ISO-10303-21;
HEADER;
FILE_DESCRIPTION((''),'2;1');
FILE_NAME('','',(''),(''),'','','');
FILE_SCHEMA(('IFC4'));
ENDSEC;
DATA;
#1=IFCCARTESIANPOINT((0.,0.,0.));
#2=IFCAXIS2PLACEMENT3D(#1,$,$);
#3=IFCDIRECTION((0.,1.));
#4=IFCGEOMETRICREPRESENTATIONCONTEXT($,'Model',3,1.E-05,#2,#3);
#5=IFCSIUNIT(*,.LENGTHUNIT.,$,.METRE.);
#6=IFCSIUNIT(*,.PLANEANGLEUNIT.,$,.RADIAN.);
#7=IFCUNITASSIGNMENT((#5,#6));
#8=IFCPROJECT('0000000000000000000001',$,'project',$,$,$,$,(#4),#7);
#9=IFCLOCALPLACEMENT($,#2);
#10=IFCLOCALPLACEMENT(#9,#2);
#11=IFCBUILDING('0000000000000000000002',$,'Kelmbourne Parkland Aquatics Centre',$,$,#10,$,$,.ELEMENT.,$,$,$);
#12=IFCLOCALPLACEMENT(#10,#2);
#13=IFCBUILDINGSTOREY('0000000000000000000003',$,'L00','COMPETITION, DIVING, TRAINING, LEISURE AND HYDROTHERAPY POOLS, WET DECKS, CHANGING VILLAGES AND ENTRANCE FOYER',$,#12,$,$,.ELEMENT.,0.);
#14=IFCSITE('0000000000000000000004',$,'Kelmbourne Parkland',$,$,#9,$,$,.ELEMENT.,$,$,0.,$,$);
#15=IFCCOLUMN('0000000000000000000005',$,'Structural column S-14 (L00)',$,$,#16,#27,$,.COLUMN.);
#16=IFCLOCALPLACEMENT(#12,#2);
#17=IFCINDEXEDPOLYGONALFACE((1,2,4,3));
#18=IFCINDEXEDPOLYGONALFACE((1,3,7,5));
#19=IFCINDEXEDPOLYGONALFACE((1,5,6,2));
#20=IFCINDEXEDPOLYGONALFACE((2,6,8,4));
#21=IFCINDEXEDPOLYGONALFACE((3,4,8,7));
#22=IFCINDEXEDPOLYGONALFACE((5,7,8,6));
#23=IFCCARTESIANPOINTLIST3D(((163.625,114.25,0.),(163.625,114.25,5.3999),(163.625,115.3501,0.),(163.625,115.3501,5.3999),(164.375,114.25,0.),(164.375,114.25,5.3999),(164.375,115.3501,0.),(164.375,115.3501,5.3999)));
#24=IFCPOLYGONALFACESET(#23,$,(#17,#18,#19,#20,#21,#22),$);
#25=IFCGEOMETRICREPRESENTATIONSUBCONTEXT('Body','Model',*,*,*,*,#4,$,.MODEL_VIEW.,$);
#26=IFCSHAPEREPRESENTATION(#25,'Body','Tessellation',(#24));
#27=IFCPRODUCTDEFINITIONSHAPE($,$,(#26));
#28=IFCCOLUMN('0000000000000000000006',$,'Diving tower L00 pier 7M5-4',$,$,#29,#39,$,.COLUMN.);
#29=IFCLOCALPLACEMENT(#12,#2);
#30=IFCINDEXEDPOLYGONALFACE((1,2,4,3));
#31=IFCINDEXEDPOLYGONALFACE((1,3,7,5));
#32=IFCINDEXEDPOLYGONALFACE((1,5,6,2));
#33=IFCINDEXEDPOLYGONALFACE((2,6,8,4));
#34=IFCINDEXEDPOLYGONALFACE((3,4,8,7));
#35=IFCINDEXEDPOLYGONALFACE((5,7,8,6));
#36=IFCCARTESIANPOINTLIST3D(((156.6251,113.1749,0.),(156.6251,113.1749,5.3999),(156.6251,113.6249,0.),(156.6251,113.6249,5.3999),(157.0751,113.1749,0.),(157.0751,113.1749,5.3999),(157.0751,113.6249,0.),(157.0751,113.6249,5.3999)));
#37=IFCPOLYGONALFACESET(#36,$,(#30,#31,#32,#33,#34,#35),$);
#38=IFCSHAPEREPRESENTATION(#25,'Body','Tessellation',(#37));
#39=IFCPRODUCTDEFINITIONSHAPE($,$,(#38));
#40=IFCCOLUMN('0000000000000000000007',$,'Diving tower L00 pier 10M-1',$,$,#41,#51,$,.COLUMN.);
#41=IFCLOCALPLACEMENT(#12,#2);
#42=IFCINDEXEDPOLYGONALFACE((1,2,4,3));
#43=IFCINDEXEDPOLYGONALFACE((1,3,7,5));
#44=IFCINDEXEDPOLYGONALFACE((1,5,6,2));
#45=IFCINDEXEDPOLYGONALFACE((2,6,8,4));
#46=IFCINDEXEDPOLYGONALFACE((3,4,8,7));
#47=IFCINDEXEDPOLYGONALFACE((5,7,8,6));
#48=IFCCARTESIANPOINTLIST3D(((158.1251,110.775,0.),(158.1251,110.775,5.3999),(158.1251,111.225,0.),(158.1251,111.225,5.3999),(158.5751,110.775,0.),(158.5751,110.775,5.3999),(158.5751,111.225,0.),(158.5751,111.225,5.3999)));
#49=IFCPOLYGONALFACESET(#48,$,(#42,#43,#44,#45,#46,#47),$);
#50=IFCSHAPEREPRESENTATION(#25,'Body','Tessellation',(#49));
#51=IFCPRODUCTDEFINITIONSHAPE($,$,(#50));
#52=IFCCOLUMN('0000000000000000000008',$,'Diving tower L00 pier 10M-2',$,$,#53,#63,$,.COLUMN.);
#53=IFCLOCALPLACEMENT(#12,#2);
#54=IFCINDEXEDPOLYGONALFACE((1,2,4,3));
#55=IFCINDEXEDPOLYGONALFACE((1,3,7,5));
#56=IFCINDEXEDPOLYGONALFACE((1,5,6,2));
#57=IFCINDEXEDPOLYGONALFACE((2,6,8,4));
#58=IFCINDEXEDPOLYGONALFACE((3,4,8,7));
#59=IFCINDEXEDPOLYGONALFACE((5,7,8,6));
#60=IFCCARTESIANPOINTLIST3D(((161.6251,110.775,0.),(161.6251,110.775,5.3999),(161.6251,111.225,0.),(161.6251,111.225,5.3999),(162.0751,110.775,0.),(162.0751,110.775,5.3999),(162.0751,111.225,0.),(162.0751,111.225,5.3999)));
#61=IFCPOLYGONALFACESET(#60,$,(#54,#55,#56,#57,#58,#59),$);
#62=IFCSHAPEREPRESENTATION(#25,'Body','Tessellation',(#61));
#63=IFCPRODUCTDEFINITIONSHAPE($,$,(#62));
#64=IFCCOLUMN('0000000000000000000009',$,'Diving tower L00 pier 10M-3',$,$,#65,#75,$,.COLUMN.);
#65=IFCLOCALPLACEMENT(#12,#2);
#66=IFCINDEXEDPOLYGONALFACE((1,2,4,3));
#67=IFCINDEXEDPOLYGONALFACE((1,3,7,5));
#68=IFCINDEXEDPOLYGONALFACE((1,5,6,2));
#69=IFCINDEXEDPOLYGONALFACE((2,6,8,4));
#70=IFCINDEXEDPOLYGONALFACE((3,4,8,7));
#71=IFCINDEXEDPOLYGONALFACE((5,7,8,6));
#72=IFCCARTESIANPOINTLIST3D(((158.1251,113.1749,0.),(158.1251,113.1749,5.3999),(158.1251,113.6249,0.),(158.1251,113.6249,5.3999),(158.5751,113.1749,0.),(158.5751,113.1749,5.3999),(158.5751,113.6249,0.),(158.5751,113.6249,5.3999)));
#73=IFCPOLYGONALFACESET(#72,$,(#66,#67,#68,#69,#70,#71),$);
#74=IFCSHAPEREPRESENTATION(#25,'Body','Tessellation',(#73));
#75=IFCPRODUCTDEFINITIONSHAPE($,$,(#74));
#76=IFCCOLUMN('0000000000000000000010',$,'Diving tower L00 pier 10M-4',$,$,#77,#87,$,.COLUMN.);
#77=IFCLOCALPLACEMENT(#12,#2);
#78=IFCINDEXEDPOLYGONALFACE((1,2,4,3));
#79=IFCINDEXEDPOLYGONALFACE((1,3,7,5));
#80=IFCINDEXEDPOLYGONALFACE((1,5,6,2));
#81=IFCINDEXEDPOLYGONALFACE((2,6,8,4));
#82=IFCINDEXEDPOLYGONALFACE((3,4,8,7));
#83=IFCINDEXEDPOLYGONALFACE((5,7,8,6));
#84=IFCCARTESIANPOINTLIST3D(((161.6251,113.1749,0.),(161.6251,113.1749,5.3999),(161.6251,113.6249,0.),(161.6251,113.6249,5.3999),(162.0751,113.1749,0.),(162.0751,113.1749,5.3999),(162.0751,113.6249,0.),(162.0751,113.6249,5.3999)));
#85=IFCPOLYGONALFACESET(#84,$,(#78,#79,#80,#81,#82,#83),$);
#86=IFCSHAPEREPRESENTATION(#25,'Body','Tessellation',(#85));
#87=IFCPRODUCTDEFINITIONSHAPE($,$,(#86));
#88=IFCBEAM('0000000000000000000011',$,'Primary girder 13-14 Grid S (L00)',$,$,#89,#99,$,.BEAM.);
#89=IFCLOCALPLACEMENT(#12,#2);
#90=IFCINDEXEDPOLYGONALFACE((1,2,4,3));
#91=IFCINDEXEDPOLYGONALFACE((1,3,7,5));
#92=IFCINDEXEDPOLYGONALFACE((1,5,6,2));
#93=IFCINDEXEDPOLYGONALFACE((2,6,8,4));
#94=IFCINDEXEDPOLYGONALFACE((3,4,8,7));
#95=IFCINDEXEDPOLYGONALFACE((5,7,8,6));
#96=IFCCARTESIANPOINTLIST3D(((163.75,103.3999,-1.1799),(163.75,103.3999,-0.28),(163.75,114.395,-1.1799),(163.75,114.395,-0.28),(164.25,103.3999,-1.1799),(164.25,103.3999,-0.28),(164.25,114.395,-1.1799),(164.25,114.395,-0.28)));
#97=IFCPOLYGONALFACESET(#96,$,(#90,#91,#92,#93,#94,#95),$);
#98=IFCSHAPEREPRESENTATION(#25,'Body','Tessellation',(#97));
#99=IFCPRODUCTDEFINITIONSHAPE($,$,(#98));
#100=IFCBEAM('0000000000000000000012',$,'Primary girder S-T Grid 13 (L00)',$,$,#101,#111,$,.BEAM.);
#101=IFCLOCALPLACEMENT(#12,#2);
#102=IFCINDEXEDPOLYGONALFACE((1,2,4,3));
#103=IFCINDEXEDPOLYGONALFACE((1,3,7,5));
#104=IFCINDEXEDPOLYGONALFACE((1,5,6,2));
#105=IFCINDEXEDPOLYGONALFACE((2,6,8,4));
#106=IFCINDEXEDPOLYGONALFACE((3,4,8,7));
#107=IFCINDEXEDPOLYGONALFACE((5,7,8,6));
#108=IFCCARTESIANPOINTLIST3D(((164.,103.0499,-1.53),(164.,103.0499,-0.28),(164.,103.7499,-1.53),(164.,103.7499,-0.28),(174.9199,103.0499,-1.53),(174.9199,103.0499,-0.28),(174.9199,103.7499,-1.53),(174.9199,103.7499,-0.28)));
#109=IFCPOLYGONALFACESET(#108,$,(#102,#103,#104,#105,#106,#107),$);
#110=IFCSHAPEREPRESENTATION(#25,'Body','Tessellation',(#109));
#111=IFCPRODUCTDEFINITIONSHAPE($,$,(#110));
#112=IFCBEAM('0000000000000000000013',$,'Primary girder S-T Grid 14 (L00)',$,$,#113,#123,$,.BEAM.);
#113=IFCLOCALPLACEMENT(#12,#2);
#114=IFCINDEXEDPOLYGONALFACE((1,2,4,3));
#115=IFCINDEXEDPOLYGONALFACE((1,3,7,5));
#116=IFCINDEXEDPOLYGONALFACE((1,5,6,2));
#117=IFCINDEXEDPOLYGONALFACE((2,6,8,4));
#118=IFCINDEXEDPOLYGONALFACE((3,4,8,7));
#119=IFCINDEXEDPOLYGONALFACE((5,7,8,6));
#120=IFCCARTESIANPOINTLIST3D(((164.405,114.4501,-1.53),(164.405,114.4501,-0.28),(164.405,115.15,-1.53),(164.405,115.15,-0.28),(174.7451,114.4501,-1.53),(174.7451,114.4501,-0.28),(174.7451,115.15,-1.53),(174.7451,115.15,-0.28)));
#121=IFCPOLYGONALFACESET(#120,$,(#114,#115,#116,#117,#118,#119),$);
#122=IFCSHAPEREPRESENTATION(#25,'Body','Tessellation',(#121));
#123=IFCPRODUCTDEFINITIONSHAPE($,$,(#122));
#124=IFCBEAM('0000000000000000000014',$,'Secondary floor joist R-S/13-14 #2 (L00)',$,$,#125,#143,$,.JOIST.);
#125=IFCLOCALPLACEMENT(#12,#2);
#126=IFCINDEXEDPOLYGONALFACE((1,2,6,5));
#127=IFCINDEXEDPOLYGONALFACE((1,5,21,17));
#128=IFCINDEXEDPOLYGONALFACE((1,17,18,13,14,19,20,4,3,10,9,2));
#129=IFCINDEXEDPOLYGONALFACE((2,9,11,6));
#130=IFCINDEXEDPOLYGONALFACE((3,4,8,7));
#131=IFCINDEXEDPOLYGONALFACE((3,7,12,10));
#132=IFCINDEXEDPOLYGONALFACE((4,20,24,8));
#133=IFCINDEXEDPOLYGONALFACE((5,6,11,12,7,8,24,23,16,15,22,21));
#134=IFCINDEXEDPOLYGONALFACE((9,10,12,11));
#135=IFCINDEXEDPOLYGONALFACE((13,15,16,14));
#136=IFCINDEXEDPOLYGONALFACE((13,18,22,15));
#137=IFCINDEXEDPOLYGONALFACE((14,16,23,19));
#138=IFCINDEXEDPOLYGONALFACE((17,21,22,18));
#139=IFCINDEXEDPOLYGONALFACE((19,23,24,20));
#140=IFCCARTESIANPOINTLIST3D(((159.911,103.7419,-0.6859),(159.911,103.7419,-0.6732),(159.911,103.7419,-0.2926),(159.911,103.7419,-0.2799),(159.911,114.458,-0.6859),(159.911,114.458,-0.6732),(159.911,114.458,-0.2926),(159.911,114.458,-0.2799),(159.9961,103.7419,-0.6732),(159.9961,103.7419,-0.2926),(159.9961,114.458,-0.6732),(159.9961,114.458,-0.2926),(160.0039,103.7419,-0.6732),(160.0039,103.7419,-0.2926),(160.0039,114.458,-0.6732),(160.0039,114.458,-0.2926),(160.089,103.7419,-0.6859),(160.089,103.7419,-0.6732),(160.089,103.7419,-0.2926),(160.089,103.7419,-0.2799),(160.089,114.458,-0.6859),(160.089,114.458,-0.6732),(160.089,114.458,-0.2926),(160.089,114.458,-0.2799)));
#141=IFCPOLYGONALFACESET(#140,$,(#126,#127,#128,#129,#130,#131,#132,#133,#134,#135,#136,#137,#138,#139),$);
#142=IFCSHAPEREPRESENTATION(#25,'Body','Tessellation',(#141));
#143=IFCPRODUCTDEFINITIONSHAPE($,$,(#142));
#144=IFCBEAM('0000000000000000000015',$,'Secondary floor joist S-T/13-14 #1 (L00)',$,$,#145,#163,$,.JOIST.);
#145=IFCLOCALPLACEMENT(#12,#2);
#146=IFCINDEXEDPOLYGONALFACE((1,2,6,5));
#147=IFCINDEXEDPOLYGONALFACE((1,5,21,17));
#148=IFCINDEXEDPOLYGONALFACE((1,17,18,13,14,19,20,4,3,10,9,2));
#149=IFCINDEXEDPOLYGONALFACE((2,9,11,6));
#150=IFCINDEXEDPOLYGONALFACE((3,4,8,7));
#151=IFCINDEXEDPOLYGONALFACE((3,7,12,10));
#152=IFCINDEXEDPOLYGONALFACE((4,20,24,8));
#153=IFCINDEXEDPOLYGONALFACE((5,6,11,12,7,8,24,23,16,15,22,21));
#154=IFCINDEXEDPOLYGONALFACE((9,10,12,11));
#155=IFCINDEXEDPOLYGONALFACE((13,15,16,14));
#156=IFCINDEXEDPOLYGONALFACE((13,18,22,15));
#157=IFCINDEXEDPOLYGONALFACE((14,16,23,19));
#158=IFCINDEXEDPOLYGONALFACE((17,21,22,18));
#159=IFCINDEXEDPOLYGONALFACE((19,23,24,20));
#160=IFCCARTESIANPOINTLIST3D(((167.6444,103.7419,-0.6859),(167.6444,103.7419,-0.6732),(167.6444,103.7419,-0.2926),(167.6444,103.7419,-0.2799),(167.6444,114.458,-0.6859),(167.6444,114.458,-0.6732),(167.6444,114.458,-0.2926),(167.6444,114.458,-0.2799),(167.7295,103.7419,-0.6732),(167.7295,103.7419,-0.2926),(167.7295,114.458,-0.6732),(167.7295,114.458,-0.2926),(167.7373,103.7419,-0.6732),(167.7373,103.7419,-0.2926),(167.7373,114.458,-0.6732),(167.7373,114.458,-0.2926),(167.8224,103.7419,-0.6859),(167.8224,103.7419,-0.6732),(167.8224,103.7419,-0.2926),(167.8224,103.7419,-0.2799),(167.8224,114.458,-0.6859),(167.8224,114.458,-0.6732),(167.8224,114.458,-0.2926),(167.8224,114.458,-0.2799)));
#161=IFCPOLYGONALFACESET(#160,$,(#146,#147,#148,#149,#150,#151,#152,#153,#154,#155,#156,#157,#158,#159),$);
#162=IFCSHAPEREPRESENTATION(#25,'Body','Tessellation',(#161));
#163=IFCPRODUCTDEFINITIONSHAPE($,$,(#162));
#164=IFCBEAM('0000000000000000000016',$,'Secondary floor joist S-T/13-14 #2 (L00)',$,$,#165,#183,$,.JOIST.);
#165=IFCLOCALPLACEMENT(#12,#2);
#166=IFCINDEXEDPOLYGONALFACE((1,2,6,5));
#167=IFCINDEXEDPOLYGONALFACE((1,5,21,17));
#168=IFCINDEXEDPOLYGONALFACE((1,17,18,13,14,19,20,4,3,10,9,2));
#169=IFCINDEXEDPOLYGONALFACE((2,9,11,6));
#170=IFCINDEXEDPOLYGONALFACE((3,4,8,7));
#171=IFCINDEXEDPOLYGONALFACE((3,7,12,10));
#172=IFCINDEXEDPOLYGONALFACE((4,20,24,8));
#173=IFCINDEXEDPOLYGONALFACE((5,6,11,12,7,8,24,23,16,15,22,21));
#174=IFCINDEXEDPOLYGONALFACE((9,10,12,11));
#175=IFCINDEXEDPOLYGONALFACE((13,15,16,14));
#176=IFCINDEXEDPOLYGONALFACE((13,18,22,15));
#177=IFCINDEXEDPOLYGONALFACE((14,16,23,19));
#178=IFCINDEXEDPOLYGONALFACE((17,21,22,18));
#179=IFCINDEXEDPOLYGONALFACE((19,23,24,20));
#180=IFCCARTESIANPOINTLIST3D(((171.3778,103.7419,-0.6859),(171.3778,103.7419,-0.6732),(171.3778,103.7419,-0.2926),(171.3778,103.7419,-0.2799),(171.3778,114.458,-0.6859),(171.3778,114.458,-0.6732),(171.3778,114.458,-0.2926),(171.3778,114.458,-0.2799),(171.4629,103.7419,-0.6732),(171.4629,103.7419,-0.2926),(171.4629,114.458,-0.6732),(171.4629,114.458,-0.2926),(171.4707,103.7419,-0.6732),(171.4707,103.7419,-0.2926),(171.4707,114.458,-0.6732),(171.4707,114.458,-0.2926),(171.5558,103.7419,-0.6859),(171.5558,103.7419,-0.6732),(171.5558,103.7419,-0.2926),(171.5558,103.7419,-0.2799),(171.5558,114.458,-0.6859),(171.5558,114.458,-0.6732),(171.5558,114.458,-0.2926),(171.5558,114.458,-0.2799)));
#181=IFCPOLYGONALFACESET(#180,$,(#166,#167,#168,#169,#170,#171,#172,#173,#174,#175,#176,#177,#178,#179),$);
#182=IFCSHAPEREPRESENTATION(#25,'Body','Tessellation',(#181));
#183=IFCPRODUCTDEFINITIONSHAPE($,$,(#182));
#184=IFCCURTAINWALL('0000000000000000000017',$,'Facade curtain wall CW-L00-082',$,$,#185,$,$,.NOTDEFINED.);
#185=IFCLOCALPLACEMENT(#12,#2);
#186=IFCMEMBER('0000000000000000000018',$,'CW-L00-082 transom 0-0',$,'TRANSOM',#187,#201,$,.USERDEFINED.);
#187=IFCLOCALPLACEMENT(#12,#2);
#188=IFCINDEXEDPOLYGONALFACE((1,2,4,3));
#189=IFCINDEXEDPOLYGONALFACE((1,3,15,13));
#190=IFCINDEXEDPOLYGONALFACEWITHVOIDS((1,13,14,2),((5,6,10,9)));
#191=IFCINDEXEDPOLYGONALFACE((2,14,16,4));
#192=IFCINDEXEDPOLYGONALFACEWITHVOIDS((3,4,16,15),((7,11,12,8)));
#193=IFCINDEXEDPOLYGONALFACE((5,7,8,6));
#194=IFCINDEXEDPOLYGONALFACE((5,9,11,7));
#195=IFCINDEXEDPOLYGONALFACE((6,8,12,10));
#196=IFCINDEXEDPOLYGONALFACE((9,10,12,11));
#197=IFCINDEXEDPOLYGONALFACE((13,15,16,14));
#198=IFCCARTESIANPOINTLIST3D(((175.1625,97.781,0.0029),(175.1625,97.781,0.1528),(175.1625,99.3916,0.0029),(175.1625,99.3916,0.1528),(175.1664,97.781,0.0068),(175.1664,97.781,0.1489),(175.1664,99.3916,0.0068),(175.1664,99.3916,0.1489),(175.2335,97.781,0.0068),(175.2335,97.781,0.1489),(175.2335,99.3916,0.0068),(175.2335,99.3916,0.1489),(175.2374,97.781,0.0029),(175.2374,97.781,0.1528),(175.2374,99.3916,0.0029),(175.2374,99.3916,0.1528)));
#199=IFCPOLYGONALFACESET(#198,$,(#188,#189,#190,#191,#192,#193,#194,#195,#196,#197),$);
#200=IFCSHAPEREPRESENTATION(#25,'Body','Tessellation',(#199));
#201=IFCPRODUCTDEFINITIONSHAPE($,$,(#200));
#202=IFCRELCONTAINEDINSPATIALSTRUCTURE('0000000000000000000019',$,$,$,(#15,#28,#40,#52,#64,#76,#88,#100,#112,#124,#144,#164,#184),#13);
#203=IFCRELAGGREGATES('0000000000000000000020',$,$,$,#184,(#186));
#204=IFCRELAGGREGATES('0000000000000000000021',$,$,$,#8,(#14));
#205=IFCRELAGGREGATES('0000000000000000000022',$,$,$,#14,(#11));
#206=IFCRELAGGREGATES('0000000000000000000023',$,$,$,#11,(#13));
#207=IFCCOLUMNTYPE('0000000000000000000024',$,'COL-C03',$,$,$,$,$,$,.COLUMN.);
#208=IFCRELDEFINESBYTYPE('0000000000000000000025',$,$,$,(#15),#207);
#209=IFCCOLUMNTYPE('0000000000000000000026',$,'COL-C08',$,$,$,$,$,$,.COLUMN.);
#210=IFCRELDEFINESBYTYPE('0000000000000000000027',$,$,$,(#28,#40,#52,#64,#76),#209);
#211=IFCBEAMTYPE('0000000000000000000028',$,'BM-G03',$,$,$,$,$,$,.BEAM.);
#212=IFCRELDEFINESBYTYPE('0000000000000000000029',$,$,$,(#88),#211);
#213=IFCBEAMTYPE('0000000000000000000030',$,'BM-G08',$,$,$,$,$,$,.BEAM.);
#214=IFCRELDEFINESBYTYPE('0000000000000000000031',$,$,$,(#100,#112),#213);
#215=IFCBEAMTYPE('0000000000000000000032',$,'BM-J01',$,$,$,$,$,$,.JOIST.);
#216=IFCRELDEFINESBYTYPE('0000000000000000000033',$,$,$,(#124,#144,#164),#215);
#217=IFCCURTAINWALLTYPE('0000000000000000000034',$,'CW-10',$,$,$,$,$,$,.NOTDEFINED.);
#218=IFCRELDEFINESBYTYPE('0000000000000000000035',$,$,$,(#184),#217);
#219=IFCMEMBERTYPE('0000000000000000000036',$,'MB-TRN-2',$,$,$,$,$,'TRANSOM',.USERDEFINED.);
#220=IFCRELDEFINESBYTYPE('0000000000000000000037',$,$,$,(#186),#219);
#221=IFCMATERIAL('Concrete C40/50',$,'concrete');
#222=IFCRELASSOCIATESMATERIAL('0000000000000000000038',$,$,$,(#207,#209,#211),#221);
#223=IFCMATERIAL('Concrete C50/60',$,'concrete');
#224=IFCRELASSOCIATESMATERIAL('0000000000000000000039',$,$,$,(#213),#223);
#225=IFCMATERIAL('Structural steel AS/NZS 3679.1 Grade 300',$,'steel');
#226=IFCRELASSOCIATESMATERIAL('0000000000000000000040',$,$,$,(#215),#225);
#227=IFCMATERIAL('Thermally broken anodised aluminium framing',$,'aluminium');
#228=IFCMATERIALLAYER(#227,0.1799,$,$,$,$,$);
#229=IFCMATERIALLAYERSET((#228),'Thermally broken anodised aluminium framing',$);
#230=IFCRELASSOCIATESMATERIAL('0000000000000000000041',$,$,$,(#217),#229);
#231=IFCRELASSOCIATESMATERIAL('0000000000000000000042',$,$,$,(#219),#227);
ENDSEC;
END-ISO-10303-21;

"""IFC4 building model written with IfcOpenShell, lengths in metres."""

from ifc_helpers import new_model, si_unit, direction, frame, origin, origin_2d, place, context, subcontext, project, spatial, rectangle, hollow_rectangle, i_section, extrude, material, layer, layer_set, material_profile, profile_set, type_object, element, aggregate, save


model = new_model("IFC4")

# Units and contexts
model_context = context("Model", 3, precision=1e-05, world=origin(), true_north=direction((0.0, 1.0)))
body_context = subcontext(model_context, "Body", "Model", "MODEL_VIEW")
ifc_project = project(units=[si_unit("LENGTHUNIT", "METRE"), si_unit("PLANEANGLEUNIT", "RADIAN")], contexts=[model_context])

# Site, building, storey
site_placement = place(None, origin())
site = spatial("IfcSite", under=ifc_project, at=site_placement, Name="Kelmbourne Parkland", CompositionType="ELEMENT", RefElevation=0.0)
building_placement = place(site_placement, origin())
building = spatial("IfcBuilding", under=site, at=building_placement, Name="Kelmbourne Parkland Aquatics Centre", CompositionType="ELEMENT")
storey_placement = place(building_placement, origin())
storey = spatial("IfcBuildingStorey", under=building, at=storey_placement, Name="L00", Description="COMPETITION, DIVING, TRAINING, LEISURE AND HYDROTHERAPY POOLS, WET DECKS, CHANGING VILLAGES AND ENTRANCE FOYER", CompositionType="ELEMENT", Elevation=0.0)

# Columns
ifc_material_1 = material(Name="Concrete C40/50", Category="concrete")
ifc_material_profile_1 = material_profile(ifc_material_1, rectangle(XDim=0.75, YDim=1.1001, at=origin_2d()), Name="RC 750x1100")
ifc_profile_set_1 = profile_set([ifc_material_profile_1], Name="Concrete C40/50")
column_type_1 = type_object("IfcColumnType", Name="COL-C03", PredefinedType="COLUMN", material=ifc_profile_set_1)
column_placement = place(storey_placement, frame((164.0, 114.8, 0.0), z_axis=(0.0, 0.0, 1.0), x_axis=(1.0, 0.0, 0.0)))
element("IfcColumn", 1, at=column_placement, inside=storey, type_object=column_type_1, Name="Structural column S-14 (L00)", PredefinedType="COLUMN", context=body_context, shape_type="SweptSolid", body=[
    extrude(rectangle(XDim=0.75, YDim=1.1001, at=origin_2d()), origin(), (0.0, 0.0, 1.0), 5.3999),
])
ifc_material_profile_2 = material_profile(ifc_material_1, rectangle(XDim=0.45, YDim=0.45, at=origin_2d()), Name="RC 450x450")
ifc_profile_set_2 = profile_set([ifc_material_profile_2], Name="Concrete C40/50")
column_type_2 = type_object("IfcColumnType", Name="COL-C08", PredefinedType="COLUMN", material=ifc_profile_set_2)
for number, where, z_axis, x_axis, name in (
    (2, (156.8501, 113.3999, 0.0), (0.0, 0.0, 1.0), (1.0, 0.0, 0.0), "Diving tower L00 pier 7M5-4"),
    (3, (158.3501, 111.0, 0.0), (0.0, 0.0, 1.0), (1.0, 0.0, 0.0), "Diving tower L00 pier 10M-1"),
    (4, (161.8501, 111.0, 0.0), (0.0, 0.0, 1.0), (1.0, 0.0, 0.0), "Diving tower L00 pier 10M-2"),
    (5, (158.3501, 113.3999, 0.0), (0.0, 0.0, 1.0), (1.0, 0.0, 0.0), "Diving tower L00 pier 10M-3"),
    (6, (161.8501, 113.3999, 0.0), (0.0, 0.0, 1.0), (1.0, 0.0, 0.0), "Diving tower L00 pier 10M-4"),
):
    element("IfcColumn", number, at=place(storey_placement, frame(where, z_axis=z_axis, x_axis=x_axis)), inside=storey, type_object=column_type_2, Name=name, PredefinedType="COLUMN", context=body_context, shape_type="SweptSolid", body=[
        extrude(rectangle(XDim=0.45, YDim=0.45, at=origin_2d()), origin(), (0.0, 0.0, 1.0), 5.3999),
    ])

# Beams
ifc_material_profile_3 = material_profile(ifc_material_1, rectangle(XDim=0.5, YDim=0.8999, at=origin_2d()), Name="RC 500x900")
ifc_profile_set_3 = profile_set([ifc_material_profile_3], Name="Concrete C40/50")
beam_type_1 = type_object("IfcBeamType", Name="BM-G03", PredefinedType="BEAM", material=ifc_profile_set_3)
beam_1_placement = place(storey_placement, frame((164.0, 103.3999, -0.73), z_axis=(0.0, 1.0, 0.0), x_axis=(-1.0, 0.0, 0.0)))
element("IfcBeam", 7, at=beam_1_placement, inside=storey, type_object=beam_type_1, Name="Primary girder 13-14 Grid S (L00)", PredefinedType="BEAM", context=body_context, shape_type="SweptSolid", body=[
    extrude(rectangle(XDim=0.5, YDim=0.8999, at=origin_2d()), origin(), (0.0, 0.0, 1.0), 10.9951),
])
ifc_material_2 = material(Name="Concrete C50/60", Category="concrete")
ifc_material_profile_4 = material_profile(ifc_material_2, rectangle(XDim=0.7, YDim=1.25, at=origin_2d()), Name="RC 700x1250")
ifc_profile_set_4 = profile_set([ifc_material_profile_4], Name="Concrete C50/60")
beam_type_2 = type_object("IfcBeamType", Name="BM-G08", PredefinedType="BEAM", material=ifc_profile_set_4)
beam_2_placement = place(storey_placement, frame((164.0, 103.3999, -0.905), z_axis=(1.0, 0.0, 0.0), x_axis=(0.0, 1.0, 0.0)))
element("IfcBeam", 8, at=beam_2_placement, inside=storey, type_object=beam_type_2, Name="Primary girder S-T Grid 13 (L00)", PredefinedType="BEAM", context=body_context, shape_type="SweptSolid", body=[
    extrude(rectangle(XDim=0.7, YDim=1.25, at=origin_2d()), origin(), (0.0, 0.0, 1.0), 10.9199),
])
beam_3_placement = place(storey_placement, frame((164.405, 114.8, -0.905), z_axis=(1.0, 0.0, 0.0), x_axis=(0.0, 1.0, 0.0)))
element("IfcBeam", 9, at=beam_3_placement, inside=storey, type_object=beam_type_2, Name="Primary girder S-T Grid 14 (L00)", PredefinedType="BEAM", context=body_context, shape_type="SweptSolid", body=[
    extrude(rectangle(XDim=0.7, YDim=1.25, at=origin_2d()), origin(), (0.0, 0.0, 1.0), 10.3401),
])
ifc_material_3 = material(Name="Structural steel AS/NZS 3679.1 Grade 300", Category="steel")
ifc_material_profile_5 = material_profile(ifc_material_3, i_section(OverallWidth=0.178, OverallDepth=0.406, WebThickness=0.0078, FlangeThickness=0.0127, at=origin_2d()), Name="410UB59.7")
ifc_profile_set_5 = profile_set([ifc_material_profile_5], Name="Structural steel AS/NZS 3679.1 Grade 300")
beam_type_3 = type_object("IfcBeamType", Name="BM-J01", PredefinedType="JOIST", material=ifc_profile_set_5)
for number, where, z_axis, x_axis, name in (
    (10, (160.0, 103.7419, -0.4829), (0.0, 1.0, 0.0), (-1.0, 0.0, 0.0), "Secondary floor joist R-S/13-14 #2 (L00)"),
    (11, (167.7334, 103.7419, -0.4829), (0.0, 1.0, 0.0), (-1.0, 0.0, 0.0), "Secondary floor joist S-T/13-14 #1 (L00)"),
    (12, (171.4668, 103.7419, -0.4829), (0.0, 1.0, 0.0), (-1.0, 0.0, 0.0), "Secondary floor joist S-T/13-14 #2 (L00)"),
):
    element("IfcBeam", number, at=place(storey_placement, frame(where, z_axis=z_axis, x_axis=x_axis)), inside=storey, type_object=beam_type_3, Name=name, PredefinedType="JOIST", context=body_context, shape_type="SweptSolid", body=[
        extrude(i_section(OverallWidth=0.178, OverallDepth=0.406, WebThickness=0.0078, FlangeThickness=0.0127, at=origin_2d()), origin(), (0.0, 0.0, 1.0), 10.7161),
    ])

# Curtain wall, member
ifc_material_4 = material(Name="Thermally broken anodised aluminium framing", Category="aluminium")
ifc_layer_1 = layer(ifc_material_4, 0.1799)
ifc_layer_set_1 = layer_set([ifc_layer_1], Name="Thermally broken anodised aluminium framing")
curtain_wall_type = type_object("IfcCurtainWallType", Name="CW-10", PredefinedType="NOTDEFINED", material=ifc_layer_set_1)
curtain_wall_placement = place(storey_placement, origin())
curtain_wall = element("IfcCurtainWall", 13, at=curtain_wall_placement, inside=storey, type_object=curtain_wall_type, Name="Facade curtain wall CW-L00-082", PredefinedType="NOTDEFINED")
ifc_material_profile_6 = material_profile(ifc_material_4, hollow_rectangle(XDim=0.075, YDim=0.1499, WallThickness=0.0039, at=origin_2d()), Name="CW-T 75x150")
ifc_profile_set_6 = profile_set([ifc_material_profile_6], Name="Thermally broken anodised aluminium framing")
member_type = type_object("IfcMemberType", Name="MB-TRN-2", ElementType="TRANSOM", PredefinedType="USERDEFINED", material=ifc_profile_set_6)
member_1_placement = place(storey_placement, frame((175.2, 97.781, 0.0779), z_axis=(0.0, 1.0, 0.0), x_axis=(-1.0, 0.0, 0.0)))
member_1 = element("IfcMember", 14, at=member_1_placement, type_object=member_type, Name="CW-L00-082 transom 0-0", ObjectType="TRANSOM", PredefinedType="USERDEFINED", context=body_context, shape_type="SweptSolid", body=[
    extrude(hollow_rectangle(XDim=0.075, YDim=0.1499, WallThickness=0.0039, at=origin_2d()), origin(), (0.0, 0.0, 1.0), 1.6106),
])
aggregate(curtain_wall, [member_1])

save(model, "model.ifc")
